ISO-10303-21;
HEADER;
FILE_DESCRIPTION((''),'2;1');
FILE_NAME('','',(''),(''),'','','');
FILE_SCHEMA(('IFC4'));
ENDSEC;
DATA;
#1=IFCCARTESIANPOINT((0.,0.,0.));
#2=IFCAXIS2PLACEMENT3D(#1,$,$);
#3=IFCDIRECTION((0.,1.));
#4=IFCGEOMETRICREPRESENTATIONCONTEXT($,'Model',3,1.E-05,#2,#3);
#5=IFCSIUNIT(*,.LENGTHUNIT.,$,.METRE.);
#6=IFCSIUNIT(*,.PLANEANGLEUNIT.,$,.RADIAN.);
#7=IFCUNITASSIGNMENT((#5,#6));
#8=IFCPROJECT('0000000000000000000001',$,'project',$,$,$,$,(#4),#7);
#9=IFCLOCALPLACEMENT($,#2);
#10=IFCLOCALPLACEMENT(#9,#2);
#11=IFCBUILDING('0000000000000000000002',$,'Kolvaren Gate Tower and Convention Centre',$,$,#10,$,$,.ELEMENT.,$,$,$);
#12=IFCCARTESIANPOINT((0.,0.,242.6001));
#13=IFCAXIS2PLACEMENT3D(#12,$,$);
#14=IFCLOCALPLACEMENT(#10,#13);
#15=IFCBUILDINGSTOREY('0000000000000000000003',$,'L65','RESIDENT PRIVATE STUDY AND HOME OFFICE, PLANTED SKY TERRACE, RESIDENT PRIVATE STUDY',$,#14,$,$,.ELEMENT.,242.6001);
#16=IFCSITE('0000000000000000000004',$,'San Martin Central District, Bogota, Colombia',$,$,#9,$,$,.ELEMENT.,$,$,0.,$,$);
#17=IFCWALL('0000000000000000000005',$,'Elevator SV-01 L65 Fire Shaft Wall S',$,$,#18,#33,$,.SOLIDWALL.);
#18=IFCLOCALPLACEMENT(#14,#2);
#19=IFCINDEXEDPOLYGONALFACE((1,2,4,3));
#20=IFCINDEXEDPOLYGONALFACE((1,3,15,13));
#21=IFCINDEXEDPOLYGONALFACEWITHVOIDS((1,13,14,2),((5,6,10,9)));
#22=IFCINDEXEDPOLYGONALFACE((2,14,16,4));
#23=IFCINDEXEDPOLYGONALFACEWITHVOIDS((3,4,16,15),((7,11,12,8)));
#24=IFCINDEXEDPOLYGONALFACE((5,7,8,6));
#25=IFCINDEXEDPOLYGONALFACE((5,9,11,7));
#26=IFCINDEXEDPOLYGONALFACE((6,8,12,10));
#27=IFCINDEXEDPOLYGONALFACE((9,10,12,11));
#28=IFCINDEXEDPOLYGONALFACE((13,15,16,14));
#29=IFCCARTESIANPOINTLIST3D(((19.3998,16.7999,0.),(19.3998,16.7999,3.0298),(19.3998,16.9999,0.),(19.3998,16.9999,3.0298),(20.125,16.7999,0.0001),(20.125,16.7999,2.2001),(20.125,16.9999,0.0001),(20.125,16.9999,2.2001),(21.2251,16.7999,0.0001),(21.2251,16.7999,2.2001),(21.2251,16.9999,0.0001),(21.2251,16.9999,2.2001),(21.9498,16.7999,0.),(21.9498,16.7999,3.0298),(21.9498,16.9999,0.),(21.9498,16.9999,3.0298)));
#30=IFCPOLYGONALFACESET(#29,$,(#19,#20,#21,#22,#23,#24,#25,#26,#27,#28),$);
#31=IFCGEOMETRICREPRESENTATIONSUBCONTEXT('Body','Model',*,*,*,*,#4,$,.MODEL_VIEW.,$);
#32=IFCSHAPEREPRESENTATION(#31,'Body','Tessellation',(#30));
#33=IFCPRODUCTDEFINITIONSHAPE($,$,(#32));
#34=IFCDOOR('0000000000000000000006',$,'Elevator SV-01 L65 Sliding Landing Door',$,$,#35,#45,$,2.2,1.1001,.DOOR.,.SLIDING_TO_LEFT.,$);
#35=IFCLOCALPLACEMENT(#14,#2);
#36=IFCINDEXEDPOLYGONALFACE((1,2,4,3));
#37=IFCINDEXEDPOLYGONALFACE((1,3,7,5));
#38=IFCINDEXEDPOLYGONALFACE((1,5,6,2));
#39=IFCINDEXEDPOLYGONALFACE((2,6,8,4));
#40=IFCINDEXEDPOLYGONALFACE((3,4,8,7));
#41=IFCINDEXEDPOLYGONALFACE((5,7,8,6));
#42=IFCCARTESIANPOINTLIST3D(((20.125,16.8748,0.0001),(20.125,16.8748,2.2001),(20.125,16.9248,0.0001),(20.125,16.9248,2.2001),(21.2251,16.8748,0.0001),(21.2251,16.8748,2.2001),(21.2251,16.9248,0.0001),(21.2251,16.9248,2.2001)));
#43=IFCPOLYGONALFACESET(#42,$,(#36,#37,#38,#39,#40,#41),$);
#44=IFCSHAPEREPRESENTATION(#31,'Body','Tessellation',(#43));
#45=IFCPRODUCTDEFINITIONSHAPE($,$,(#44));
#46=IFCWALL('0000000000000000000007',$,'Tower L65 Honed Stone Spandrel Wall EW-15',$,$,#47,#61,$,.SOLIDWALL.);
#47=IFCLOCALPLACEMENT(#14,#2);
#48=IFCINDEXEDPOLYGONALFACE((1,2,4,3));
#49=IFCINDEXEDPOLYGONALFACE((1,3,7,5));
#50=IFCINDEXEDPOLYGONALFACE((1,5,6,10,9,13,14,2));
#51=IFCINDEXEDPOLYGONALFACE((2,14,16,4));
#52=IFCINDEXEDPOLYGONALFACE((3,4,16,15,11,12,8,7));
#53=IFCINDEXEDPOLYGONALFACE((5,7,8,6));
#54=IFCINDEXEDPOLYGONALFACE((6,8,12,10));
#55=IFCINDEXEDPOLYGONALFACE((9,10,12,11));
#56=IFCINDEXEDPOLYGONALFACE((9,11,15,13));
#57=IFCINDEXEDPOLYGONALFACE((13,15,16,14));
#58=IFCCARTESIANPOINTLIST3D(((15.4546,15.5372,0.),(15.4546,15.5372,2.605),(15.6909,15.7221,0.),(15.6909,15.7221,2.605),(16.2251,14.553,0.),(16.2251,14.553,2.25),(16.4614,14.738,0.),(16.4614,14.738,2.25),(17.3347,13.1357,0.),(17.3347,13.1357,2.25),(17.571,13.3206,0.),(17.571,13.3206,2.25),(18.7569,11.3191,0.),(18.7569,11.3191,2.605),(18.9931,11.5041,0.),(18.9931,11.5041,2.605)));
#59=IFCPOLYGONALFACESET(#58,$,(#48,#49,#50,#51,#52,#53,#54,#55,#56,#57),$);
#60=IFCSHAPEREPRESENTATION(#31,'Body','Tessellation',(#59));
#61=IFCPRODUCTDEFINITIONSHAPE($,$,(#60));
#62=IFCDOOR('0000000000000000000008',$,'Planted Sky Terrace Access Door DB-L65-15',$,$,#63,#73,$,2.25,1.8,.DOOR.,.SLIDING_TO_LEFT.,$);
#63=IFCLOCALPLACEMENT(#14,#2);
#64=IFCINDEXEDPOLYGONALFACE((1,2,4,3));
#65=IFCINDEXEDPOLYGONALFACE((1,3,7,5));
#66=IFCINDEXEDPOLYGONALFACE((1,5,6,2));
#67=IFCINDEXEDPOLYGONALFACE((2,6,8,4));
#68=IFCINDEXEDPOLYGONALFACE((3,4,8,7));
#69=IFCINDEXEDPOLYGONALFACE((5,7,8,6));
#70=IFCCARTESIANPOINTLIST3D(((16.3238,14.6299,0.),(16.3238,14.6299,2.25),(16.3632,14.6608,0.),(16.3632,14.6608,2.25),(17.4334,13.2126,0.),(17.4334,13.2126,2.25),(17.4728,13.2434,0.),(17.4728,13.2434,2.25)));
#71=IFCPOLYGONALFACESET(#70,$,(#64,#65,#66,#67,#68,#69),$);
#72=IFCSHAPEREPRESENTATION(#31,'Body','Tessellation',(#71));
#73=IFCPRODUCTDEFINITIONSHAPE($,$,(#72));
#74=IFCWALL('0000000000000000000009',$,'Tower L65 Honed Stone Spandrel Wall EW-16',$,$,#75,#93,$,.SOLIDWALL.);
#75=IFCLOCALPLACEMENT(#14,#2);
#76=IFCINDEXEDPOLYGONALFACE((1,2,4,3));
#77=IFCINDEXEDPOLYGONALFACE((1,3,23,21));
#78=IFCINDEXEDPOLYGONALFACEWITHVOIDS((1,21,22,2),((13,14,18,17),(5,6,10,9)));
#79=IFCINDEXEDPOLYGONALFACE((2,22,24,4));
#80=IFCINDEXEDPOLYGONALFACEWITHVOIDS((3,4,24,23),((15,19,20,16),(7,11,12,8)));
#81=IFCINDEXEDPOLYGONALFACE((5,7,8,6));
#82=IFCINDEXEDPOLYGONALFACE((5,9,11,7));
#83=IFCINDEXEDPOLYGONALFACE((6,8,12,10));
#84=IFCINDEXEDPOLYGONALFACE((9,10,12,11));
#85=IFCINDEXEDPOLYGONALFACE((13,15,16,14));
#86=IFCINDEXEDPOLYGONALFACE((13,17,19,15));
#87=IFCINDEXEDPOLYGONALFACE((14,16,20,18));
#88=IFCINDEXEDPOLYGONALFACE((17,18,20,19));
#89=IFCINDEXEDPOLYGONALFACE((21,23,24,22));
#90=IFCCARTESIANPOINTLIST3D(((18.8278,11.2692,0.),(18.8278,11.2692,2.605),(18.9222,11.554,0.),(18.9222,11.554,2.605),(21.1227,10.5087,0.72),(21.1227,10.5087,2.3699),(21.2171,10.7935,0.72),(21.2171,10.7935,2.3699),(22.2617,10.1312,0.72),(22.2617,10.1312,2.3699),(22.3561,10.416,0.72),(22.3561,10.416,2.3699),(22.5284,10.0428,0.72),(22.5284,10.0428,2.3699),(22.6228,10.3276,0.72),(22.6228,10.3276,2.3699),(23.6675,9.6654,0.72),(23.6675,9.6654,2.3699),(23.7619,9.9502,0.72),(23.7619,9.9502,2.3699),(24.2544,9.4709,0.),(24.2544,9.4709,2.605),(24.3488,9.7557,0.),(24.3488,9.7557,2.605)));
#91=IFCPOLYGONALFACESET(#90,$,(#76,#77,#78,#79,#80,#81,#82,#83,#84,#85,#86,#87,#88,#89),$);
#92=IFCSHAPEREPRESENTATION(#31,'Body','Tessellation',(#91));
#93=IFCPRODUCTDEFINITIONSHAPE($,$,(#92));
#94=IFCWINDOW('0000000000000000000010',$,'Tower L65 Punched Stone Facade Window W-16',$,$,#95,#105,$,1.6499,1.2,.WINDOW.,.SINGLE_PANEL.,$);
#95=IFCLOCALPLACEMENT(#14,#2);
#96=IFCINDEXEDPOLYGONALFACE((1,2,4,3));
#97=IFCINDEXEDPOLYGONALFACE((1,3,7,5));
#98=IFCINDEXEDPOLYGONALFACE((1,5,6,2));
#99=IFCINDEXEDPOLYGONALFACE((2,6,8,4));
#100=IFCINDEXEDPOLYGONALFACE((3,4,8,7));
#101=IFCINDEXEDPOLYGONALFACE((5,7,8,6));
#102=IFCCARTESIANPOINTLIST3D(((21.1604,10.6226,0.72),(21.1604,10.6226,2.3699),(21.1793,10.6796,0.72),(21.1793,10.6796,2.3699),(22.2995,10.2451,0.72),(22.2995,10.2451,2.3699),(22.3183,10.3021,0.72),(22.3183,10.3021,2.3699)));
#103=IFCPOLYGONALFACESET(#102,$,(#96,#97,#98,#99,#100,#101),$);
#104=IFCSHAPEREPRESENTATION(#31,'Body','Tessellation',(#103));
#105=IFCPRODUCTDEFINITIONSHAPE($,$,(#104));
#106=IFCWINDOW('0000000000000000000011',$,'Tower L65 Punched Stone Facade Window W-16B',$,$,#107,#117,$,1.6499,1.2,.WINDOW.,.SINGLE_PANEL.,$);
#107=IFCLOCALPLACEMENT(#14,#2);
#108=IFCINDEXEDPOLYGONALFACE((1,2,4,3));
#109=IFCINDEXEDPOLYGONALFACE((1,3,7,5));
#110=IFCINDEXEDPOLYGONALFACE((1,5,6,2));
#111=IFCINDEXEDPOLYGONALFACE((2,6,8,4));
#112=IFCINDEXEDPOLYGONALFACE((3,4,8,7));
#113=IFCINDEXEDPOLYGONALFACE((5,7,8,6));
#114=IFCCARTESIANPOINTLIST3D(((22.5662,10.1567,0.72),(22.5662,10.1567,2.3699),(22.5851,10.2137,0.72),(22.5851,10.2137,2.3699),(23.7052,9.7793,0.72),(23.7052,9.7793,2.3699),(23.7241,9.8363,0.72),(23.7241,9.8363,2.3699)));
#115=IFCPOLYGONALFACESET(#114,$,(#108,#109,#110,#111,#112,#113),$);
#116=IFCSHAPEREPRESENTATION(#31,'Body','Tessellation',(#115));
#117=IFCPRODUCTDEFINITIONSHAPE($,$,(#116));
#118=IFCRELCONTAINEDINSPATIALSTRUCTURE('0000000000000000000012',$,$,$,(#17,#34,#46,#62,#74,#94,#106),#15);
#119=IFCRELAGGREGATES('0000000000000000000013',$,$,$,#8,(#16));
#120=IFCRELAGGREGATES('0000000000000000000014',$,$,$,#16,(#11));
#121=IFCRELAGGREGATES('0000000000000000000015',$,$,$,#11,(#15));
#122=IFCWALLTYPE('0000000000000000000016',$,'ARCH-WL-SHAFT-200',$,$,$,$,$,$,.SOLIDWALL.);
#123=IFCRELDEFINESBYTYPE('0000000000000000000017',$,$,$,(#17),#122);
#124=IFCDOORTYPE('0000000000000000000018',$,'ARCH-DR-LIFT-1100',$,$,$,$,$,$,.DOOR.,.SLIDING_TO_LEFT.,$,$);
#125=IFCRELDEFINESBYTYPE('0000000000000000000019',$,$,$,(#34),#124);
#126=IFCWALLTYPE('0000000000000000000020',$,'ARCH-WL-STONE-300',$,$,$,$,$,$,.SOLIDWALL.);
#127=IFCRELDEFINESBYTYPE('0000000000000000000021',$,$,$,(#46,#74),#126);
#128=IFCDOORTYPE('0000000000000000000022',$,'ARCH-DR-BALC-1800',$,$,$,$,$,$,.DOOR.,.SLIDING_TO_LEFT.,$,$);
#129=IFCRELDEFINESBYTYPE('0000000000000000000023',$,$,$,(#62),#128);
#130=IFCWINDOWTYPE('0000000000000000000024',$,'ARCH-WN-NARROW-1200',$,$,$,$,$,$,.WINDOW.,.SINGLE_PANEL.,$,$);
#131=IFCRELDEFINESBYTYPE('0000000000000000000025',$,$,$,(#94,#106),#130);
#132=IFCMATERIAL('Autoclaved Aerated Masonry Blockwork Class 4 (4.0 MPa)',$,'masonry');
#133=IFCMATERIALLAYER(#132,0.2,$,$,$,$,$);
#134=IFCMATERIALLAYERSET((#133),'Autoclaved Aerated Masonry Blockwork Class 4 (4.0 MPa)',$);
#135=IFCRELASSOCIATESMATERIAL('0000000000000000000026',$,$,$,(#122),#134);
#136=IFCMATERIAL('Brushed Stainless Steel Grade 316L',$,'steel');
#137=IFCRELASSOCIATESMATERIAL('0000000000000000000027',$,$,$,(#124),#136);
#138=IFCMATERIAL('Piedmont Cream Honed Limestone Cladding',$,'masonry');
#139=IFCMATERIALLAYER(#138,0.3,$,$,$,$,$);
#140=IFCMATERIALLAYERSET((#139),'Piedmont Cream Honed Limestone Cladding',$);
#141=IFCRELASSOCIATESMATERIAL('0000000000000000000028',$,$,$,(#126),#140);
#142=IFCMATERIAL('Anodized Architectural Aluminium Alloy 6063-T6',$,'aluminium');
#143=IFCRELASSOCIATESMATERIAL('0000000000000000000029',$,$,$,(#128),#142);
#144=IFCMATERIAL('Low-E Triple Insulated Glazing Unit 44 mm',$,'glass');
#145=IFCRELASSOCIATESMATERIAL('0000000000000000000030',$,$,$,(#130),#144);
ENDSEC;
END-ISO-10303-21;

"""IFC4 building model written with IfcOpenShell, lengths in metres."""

from ifc_helpers import new_model, si_unit, direction, frame, frame_2d, origin, place, context, subcontext, project, spatial, rectangle, extrude, material, layer, layer_set, type_object, element, fill, save


model = new_model("IFC4")

# Units and contexts
model_context = context("Model", 3, precision=1e-05, world=origin(), true_north=direction((0.0, 1.0)))
body_context = subcontext(model_context, "Body", "Model", "MODEL_VIEW")
ifc_project = project(units=[si_unit("LENGTHUNIT", "METRE"), si_unit("PLANEANGLEUNIT", "RADIAN")], contexts=[model_context])

# Site, building, storey
site_placement = place(None, origin())
site = spatial("IfcSite", under=ifc_project, at=site_placement, Name="San Martin Central District, Bogota, Colombia", CompositionType="ELEMENT", RefElevation=0.0)
building_placement = place(site_placement, origin())
building = spatial("IfcBuilding", under=site, at=building_placement, Name="Kolvaren Gate Tower and Convention Centre", CompositionType="ELEMENT")
storey_placement = place(building_placement, frame((0.0, 0.0, 242.6001)))
storey = spatial("IfcBuildingStorey", under=building, at=storey_placement, Name="L65", Description="RESIDENT PRIVATE STUDY AND HOME OFFICE, PLANTED SKY TERRACE, RESIDENT PRIVATE STUDY", CompositionType="ELEMENT", Elevation=242.6001)

# Shared definitions
ifc_material_1 = material(Name="Piedmont Cream Honed Limestone Cladding", Category="masonry")

# Walls, openings, doors
ifc_material_2 = material(Name="Autoclaved Aerated Masonry Blockwork Class 4 (4.0 MPa)", Category="masonry")
ifc_layer_1 = layer(ifc_material_2, 0.2)
ifc_layer_set_1 = layer_set([ifc_layer_1], Name="Autoclaved Aerated Masonry Blockwork Class 4 (4.0 MPa)")
wall_type_1 = type_object("IfcWallType", Name="ARCH-WL-SHAFT-200", PredefinedType="SOLIDWALL", material=ifc_layer_set_1)
wall_1_placement = place(storey_placement, frame((19.3999, 16.8999, 0.0), z_axis=(0.0, 0.0, 1.0), x_axis=(1.0, 0.0, 0.0)))
wall_1 = element("IfcWall", 1, at=wall_1_placement, inside=storey, type_object=wall_type_1, Name="Elevator SV-01 L65 Fire Shaft Wall S", PredefinedType="SOLIDWALL", context=body_context, shape_type="SweptSolid", body=[
    extrude(rectangle(XDim=2.55, YDim=0.2, at=frame_2d((1.2749, 0.0))), origin(), (0.0, 0.0, 1.0), 3.0298),
])
opening_1_placement = place(wall_1_placement, frame((0.7251, 0.0, 0.0)))
opening_1 = element("IfcOpeningElement", 2, at=opening_1_placement, cuts=wall_1, PredefinedType="OPENING", context=body_context, shape_type="SweptSolid", body=[
    extrude(rectangle(XDim=1.1001, YDim=2.2, at=frame_2d((0.55, 1.1001))), frame((0.0, 0.1099, 0.0), z_axis=(0.0, -1.0, 0.0), x_axis=(1.0, 0.0, 0.0)), (0.0, 0.0, 1.0), 0.22),
])
ifc_material_3 = material(Name="Brushed Stainless Steel Grade 316L", Category="steel")
door_type_1 = type_object("IfcDoorType", Name="ARCH-DR-LIFT-1100", OperationType="SLIDING_TO_LEFT", PredefinedType="DOOR", material=ifc_material_3)
door_1_placement = place(opening_1_placement, origin())
door_1 = element("IfcDoor", 3, at=door_1_placement, inside=storey, type_object=door_type_1, Name="Elevator SV-01 L65 Sliding Landing Door", OperationType="SLIDING_TO_LEFT", OverallHeight=2.2, OverallWidth=1.1001, PredefinedType="DOOR", context=body_context, shape_type="SweptSolid", body=[
    extrude(rectangle(XDim=1.1001, YDim=2.2, at=frame_2d((0.55, 1.1001))), frame((0.0, 0.0249, 0.0), z_axis=(0.0, -1.0, 0.0), x_axis=(1.0, 0.0, 0.0)), (0.0, 0.0, 1.0), 0.05),
])
fill(opening_1, door_1)
ifc_layer_2 = layer(ifc_material_1, 0.3)
ifc_layer_set_2 = layer_set([ifc_layer_2], Name="Piedmont Cream Honed Limestone Cladding")
wall_type_2 = type_object("IfcWallType", Name="ARCH-WL-STONE-300", PredefinedType="SOLIDWALL", material=ifc_layer_set_2)
wall_2_placement = place(storey_placement, frame((15.5728, 15.6296, 0.0), z_axis=(0.0, 0.0, 1.0), x_axis=(0.616446, -0.787397, 0.0)))
wall_2 = element("IfcWall", 4, at=wall_2_placement, inside=storey, type_object=wall_type_2, Name="Tower L65 Honed Stone Spandrel Wall EW-15", PredefinedType="SOLIDWALL", context=body_context, shape_type="SweptSolid", body=[
    extrude(rectangle(XDim=5.3569, YDim=0.3, at=frame_2d((2.6785, 0.0))), origin(), (0.0, 0.0, 1.0), 2.605),
])
opening_2_placement = place(wall_2_placement, frame((1.25, 0.0, 0.0)))
opening_2 = element("IfcOpeningElement", 5, at=opening_2_placement, cuts=wall_2, PredefinedType="OPENING", context=body_context, shape_type="SweptSolid", body=[
    extrude(rectangle(XDim=1.8, YDim=2.25, at=frame_2d((0.8999, 1.125))), frame((0.0, 0.1599, 0.0), z_axis=(0.0, -1.0, 0.0), x_axis=(1.0, 0.0, 0.0)), (0.0, 0.0, 1.0), 0.3201),
])
ifc_material_4 = material(Name="Anodized Architectural Aluminium Alloy 6063-T6", Category="aluminium")
door_type_2 = type_object("IfcDoorType", Name="ARCH-DR-BALC-1800", OperationType="SLIDING_TO_LEFT", PredefinedType="DOOR", material=ifc_material_4)
door_2_placement = place(opening_2_placement, frame((1.8, 0.0, 0.0), z_axis=(0.0, 0.0, 1.0), x_axis=(-1.0, 0.0, 0.0)))
door_2 = element("IfcDoor", 6, at=door_2_placement, inside=storey, type_object=door_type_2, Name="Planted Sky Terrace Access Door DB-L65-15", OperationType="SLIDING_TO_LEFT", OverallHeight=2.25, OverallWidth=1.8, PredefinedType="DOOR", context=body_context, shape_type="SweptSolid", body=[
    extrude(rectangle(XDim=1.8, YDim=2.25, at=frame_2d((0.8999, 1.125))), frame((0.0, 0.0249, 0.0), z_axis=(0.0, -1.0, 0.0), x_axis=(1.0, 0.0, 0.0)), (0.0, 0.0, 1.0), 0.05),
])
fill(opening_2, door_2)

# Wall, openings, windows
wall_3_placement = place(storey_placement, frame((18.875, 11.4116, 0.0), z_axis=(0.0, 0.0, 1.0), x_axis=(0.949233, -0.314575, 0.0)))
wall_3 = element("IfcWall", 7, at=wall_3_placement, inside=storey, type_object=wall_type_2, Name="Tower L65 Honed Stone Spandrel Wall EW-16", PredefinedType="SOLIDWALL", context=body_context, shape_type="SweptSolid", body=[
    extrude(rectangle(XDim=5.7168, YDim=0.3, at=frame_2d((2.8584, 0.0))), origin(), (0.0, 0.0, 1.0), 2.605),
])
opening_3_placement = place(wall_3_placement, frame((2.4175, 0.0, 0.72)))
opening_3 = element("IfcOpeningElement", 8, at=opening_3_placement, cuts=wall_3, PredefinedType="OPENING", context=body_context, shape_type="SweptSolid", body=[
    extrude(rectangle(XDim=1.2, YDim=1.6499, at=frame_2d((0.6001, 0.825))), frame((0.0, 0.1599, 0.0), z_axis=(0.0, -1.0, 0.0), x_axis=(1.0, 0.0, 0.0)), (0.0, 0.0, 1.0), 0.3201),
])
opening_4_placement = place(wall_3_placement, frame((3.8984, 0.0, 0.72)))
opening_4 = element("IfcOpeningElement", 9, at=opening_4_placement, cuts=wall_3, PredefinedType="OPENING", context=body_context, shape_type="SweptSolid", body=[
    extrude(rectangle(XDim=1.2, YDim=1.6499, at=frame_2d((0.6001, 0.825))), frame((0.0, 0.1599, 0.0), z_axis=(0.0, -1.0, 0.0), x_axis=(1.0, 0.0, 0.0)), (0.0, 0.0, 1.0), 0.3201),
])
ifc_material_5 = material(Name="Low-E Triple Insulated Glazing Unit 44 mm", Category="glass")
window_type = type_object("IfcWindowType", Name="ARCH-WN-NARROW-1200", PartitioningType="SINGLE_PANEL", PredefinedType="WINDOW", material=ifc_material_5)
window_1_placement = place(opening_3_placement, origin())
window_1 = element("IfcWindow", 10, at=window_1_placement, inside=storey, type_object=window_type, Name="Tower L65 Punched Stone Facade Window W-16", OverallHeight=1.6499, OverallWidth=1.2, PartitioningType="SINGLE_PANEL", PredefinedType="WINDOW", context=body_context, shape_type="SweptSolid", body=[
    extrude(rectangle(XDim=1.2, YDim=1.6499, at=frame_2d((0.6001, 0.825))), frame((0.0, 0.03, 0.0), z_axis=(0.0, -1.0, 0.0), x_axis=(1.0, 0.0, 0.0)), (0.0, 0.0, 1.0), 0.0601),
])
fill(opening_3, window_1)
window_2_placement = place(opening_4_placement, origin())
window_2 = element("IfcWindow", 11, at=window_2_placement, inside=storey, type_object=window_type, Name="Tower L65 Punched Stone Facade Window W-16B", OverallHeight=1.6499, OverallWidth=1.2, PartitioningType="SINGLE_PANEL", PredefinedType="WINDOW", context=body_context, shape_type="SweptSolid", body=[
    extrude(rectangle(XDim=1.2, YDim=1.6499, at=frame_2d((0.6001, 0.825))), frame((0.0, 0.03, 0.0), z_axis=(0.0, -1.0, 0.0), x_axis=(1.0, 0.0, 0.0)), (0.0, 0.0, 1.0), 0.0601),
])
fill(opening_4, window_2)

save(model, "model.ifc")
